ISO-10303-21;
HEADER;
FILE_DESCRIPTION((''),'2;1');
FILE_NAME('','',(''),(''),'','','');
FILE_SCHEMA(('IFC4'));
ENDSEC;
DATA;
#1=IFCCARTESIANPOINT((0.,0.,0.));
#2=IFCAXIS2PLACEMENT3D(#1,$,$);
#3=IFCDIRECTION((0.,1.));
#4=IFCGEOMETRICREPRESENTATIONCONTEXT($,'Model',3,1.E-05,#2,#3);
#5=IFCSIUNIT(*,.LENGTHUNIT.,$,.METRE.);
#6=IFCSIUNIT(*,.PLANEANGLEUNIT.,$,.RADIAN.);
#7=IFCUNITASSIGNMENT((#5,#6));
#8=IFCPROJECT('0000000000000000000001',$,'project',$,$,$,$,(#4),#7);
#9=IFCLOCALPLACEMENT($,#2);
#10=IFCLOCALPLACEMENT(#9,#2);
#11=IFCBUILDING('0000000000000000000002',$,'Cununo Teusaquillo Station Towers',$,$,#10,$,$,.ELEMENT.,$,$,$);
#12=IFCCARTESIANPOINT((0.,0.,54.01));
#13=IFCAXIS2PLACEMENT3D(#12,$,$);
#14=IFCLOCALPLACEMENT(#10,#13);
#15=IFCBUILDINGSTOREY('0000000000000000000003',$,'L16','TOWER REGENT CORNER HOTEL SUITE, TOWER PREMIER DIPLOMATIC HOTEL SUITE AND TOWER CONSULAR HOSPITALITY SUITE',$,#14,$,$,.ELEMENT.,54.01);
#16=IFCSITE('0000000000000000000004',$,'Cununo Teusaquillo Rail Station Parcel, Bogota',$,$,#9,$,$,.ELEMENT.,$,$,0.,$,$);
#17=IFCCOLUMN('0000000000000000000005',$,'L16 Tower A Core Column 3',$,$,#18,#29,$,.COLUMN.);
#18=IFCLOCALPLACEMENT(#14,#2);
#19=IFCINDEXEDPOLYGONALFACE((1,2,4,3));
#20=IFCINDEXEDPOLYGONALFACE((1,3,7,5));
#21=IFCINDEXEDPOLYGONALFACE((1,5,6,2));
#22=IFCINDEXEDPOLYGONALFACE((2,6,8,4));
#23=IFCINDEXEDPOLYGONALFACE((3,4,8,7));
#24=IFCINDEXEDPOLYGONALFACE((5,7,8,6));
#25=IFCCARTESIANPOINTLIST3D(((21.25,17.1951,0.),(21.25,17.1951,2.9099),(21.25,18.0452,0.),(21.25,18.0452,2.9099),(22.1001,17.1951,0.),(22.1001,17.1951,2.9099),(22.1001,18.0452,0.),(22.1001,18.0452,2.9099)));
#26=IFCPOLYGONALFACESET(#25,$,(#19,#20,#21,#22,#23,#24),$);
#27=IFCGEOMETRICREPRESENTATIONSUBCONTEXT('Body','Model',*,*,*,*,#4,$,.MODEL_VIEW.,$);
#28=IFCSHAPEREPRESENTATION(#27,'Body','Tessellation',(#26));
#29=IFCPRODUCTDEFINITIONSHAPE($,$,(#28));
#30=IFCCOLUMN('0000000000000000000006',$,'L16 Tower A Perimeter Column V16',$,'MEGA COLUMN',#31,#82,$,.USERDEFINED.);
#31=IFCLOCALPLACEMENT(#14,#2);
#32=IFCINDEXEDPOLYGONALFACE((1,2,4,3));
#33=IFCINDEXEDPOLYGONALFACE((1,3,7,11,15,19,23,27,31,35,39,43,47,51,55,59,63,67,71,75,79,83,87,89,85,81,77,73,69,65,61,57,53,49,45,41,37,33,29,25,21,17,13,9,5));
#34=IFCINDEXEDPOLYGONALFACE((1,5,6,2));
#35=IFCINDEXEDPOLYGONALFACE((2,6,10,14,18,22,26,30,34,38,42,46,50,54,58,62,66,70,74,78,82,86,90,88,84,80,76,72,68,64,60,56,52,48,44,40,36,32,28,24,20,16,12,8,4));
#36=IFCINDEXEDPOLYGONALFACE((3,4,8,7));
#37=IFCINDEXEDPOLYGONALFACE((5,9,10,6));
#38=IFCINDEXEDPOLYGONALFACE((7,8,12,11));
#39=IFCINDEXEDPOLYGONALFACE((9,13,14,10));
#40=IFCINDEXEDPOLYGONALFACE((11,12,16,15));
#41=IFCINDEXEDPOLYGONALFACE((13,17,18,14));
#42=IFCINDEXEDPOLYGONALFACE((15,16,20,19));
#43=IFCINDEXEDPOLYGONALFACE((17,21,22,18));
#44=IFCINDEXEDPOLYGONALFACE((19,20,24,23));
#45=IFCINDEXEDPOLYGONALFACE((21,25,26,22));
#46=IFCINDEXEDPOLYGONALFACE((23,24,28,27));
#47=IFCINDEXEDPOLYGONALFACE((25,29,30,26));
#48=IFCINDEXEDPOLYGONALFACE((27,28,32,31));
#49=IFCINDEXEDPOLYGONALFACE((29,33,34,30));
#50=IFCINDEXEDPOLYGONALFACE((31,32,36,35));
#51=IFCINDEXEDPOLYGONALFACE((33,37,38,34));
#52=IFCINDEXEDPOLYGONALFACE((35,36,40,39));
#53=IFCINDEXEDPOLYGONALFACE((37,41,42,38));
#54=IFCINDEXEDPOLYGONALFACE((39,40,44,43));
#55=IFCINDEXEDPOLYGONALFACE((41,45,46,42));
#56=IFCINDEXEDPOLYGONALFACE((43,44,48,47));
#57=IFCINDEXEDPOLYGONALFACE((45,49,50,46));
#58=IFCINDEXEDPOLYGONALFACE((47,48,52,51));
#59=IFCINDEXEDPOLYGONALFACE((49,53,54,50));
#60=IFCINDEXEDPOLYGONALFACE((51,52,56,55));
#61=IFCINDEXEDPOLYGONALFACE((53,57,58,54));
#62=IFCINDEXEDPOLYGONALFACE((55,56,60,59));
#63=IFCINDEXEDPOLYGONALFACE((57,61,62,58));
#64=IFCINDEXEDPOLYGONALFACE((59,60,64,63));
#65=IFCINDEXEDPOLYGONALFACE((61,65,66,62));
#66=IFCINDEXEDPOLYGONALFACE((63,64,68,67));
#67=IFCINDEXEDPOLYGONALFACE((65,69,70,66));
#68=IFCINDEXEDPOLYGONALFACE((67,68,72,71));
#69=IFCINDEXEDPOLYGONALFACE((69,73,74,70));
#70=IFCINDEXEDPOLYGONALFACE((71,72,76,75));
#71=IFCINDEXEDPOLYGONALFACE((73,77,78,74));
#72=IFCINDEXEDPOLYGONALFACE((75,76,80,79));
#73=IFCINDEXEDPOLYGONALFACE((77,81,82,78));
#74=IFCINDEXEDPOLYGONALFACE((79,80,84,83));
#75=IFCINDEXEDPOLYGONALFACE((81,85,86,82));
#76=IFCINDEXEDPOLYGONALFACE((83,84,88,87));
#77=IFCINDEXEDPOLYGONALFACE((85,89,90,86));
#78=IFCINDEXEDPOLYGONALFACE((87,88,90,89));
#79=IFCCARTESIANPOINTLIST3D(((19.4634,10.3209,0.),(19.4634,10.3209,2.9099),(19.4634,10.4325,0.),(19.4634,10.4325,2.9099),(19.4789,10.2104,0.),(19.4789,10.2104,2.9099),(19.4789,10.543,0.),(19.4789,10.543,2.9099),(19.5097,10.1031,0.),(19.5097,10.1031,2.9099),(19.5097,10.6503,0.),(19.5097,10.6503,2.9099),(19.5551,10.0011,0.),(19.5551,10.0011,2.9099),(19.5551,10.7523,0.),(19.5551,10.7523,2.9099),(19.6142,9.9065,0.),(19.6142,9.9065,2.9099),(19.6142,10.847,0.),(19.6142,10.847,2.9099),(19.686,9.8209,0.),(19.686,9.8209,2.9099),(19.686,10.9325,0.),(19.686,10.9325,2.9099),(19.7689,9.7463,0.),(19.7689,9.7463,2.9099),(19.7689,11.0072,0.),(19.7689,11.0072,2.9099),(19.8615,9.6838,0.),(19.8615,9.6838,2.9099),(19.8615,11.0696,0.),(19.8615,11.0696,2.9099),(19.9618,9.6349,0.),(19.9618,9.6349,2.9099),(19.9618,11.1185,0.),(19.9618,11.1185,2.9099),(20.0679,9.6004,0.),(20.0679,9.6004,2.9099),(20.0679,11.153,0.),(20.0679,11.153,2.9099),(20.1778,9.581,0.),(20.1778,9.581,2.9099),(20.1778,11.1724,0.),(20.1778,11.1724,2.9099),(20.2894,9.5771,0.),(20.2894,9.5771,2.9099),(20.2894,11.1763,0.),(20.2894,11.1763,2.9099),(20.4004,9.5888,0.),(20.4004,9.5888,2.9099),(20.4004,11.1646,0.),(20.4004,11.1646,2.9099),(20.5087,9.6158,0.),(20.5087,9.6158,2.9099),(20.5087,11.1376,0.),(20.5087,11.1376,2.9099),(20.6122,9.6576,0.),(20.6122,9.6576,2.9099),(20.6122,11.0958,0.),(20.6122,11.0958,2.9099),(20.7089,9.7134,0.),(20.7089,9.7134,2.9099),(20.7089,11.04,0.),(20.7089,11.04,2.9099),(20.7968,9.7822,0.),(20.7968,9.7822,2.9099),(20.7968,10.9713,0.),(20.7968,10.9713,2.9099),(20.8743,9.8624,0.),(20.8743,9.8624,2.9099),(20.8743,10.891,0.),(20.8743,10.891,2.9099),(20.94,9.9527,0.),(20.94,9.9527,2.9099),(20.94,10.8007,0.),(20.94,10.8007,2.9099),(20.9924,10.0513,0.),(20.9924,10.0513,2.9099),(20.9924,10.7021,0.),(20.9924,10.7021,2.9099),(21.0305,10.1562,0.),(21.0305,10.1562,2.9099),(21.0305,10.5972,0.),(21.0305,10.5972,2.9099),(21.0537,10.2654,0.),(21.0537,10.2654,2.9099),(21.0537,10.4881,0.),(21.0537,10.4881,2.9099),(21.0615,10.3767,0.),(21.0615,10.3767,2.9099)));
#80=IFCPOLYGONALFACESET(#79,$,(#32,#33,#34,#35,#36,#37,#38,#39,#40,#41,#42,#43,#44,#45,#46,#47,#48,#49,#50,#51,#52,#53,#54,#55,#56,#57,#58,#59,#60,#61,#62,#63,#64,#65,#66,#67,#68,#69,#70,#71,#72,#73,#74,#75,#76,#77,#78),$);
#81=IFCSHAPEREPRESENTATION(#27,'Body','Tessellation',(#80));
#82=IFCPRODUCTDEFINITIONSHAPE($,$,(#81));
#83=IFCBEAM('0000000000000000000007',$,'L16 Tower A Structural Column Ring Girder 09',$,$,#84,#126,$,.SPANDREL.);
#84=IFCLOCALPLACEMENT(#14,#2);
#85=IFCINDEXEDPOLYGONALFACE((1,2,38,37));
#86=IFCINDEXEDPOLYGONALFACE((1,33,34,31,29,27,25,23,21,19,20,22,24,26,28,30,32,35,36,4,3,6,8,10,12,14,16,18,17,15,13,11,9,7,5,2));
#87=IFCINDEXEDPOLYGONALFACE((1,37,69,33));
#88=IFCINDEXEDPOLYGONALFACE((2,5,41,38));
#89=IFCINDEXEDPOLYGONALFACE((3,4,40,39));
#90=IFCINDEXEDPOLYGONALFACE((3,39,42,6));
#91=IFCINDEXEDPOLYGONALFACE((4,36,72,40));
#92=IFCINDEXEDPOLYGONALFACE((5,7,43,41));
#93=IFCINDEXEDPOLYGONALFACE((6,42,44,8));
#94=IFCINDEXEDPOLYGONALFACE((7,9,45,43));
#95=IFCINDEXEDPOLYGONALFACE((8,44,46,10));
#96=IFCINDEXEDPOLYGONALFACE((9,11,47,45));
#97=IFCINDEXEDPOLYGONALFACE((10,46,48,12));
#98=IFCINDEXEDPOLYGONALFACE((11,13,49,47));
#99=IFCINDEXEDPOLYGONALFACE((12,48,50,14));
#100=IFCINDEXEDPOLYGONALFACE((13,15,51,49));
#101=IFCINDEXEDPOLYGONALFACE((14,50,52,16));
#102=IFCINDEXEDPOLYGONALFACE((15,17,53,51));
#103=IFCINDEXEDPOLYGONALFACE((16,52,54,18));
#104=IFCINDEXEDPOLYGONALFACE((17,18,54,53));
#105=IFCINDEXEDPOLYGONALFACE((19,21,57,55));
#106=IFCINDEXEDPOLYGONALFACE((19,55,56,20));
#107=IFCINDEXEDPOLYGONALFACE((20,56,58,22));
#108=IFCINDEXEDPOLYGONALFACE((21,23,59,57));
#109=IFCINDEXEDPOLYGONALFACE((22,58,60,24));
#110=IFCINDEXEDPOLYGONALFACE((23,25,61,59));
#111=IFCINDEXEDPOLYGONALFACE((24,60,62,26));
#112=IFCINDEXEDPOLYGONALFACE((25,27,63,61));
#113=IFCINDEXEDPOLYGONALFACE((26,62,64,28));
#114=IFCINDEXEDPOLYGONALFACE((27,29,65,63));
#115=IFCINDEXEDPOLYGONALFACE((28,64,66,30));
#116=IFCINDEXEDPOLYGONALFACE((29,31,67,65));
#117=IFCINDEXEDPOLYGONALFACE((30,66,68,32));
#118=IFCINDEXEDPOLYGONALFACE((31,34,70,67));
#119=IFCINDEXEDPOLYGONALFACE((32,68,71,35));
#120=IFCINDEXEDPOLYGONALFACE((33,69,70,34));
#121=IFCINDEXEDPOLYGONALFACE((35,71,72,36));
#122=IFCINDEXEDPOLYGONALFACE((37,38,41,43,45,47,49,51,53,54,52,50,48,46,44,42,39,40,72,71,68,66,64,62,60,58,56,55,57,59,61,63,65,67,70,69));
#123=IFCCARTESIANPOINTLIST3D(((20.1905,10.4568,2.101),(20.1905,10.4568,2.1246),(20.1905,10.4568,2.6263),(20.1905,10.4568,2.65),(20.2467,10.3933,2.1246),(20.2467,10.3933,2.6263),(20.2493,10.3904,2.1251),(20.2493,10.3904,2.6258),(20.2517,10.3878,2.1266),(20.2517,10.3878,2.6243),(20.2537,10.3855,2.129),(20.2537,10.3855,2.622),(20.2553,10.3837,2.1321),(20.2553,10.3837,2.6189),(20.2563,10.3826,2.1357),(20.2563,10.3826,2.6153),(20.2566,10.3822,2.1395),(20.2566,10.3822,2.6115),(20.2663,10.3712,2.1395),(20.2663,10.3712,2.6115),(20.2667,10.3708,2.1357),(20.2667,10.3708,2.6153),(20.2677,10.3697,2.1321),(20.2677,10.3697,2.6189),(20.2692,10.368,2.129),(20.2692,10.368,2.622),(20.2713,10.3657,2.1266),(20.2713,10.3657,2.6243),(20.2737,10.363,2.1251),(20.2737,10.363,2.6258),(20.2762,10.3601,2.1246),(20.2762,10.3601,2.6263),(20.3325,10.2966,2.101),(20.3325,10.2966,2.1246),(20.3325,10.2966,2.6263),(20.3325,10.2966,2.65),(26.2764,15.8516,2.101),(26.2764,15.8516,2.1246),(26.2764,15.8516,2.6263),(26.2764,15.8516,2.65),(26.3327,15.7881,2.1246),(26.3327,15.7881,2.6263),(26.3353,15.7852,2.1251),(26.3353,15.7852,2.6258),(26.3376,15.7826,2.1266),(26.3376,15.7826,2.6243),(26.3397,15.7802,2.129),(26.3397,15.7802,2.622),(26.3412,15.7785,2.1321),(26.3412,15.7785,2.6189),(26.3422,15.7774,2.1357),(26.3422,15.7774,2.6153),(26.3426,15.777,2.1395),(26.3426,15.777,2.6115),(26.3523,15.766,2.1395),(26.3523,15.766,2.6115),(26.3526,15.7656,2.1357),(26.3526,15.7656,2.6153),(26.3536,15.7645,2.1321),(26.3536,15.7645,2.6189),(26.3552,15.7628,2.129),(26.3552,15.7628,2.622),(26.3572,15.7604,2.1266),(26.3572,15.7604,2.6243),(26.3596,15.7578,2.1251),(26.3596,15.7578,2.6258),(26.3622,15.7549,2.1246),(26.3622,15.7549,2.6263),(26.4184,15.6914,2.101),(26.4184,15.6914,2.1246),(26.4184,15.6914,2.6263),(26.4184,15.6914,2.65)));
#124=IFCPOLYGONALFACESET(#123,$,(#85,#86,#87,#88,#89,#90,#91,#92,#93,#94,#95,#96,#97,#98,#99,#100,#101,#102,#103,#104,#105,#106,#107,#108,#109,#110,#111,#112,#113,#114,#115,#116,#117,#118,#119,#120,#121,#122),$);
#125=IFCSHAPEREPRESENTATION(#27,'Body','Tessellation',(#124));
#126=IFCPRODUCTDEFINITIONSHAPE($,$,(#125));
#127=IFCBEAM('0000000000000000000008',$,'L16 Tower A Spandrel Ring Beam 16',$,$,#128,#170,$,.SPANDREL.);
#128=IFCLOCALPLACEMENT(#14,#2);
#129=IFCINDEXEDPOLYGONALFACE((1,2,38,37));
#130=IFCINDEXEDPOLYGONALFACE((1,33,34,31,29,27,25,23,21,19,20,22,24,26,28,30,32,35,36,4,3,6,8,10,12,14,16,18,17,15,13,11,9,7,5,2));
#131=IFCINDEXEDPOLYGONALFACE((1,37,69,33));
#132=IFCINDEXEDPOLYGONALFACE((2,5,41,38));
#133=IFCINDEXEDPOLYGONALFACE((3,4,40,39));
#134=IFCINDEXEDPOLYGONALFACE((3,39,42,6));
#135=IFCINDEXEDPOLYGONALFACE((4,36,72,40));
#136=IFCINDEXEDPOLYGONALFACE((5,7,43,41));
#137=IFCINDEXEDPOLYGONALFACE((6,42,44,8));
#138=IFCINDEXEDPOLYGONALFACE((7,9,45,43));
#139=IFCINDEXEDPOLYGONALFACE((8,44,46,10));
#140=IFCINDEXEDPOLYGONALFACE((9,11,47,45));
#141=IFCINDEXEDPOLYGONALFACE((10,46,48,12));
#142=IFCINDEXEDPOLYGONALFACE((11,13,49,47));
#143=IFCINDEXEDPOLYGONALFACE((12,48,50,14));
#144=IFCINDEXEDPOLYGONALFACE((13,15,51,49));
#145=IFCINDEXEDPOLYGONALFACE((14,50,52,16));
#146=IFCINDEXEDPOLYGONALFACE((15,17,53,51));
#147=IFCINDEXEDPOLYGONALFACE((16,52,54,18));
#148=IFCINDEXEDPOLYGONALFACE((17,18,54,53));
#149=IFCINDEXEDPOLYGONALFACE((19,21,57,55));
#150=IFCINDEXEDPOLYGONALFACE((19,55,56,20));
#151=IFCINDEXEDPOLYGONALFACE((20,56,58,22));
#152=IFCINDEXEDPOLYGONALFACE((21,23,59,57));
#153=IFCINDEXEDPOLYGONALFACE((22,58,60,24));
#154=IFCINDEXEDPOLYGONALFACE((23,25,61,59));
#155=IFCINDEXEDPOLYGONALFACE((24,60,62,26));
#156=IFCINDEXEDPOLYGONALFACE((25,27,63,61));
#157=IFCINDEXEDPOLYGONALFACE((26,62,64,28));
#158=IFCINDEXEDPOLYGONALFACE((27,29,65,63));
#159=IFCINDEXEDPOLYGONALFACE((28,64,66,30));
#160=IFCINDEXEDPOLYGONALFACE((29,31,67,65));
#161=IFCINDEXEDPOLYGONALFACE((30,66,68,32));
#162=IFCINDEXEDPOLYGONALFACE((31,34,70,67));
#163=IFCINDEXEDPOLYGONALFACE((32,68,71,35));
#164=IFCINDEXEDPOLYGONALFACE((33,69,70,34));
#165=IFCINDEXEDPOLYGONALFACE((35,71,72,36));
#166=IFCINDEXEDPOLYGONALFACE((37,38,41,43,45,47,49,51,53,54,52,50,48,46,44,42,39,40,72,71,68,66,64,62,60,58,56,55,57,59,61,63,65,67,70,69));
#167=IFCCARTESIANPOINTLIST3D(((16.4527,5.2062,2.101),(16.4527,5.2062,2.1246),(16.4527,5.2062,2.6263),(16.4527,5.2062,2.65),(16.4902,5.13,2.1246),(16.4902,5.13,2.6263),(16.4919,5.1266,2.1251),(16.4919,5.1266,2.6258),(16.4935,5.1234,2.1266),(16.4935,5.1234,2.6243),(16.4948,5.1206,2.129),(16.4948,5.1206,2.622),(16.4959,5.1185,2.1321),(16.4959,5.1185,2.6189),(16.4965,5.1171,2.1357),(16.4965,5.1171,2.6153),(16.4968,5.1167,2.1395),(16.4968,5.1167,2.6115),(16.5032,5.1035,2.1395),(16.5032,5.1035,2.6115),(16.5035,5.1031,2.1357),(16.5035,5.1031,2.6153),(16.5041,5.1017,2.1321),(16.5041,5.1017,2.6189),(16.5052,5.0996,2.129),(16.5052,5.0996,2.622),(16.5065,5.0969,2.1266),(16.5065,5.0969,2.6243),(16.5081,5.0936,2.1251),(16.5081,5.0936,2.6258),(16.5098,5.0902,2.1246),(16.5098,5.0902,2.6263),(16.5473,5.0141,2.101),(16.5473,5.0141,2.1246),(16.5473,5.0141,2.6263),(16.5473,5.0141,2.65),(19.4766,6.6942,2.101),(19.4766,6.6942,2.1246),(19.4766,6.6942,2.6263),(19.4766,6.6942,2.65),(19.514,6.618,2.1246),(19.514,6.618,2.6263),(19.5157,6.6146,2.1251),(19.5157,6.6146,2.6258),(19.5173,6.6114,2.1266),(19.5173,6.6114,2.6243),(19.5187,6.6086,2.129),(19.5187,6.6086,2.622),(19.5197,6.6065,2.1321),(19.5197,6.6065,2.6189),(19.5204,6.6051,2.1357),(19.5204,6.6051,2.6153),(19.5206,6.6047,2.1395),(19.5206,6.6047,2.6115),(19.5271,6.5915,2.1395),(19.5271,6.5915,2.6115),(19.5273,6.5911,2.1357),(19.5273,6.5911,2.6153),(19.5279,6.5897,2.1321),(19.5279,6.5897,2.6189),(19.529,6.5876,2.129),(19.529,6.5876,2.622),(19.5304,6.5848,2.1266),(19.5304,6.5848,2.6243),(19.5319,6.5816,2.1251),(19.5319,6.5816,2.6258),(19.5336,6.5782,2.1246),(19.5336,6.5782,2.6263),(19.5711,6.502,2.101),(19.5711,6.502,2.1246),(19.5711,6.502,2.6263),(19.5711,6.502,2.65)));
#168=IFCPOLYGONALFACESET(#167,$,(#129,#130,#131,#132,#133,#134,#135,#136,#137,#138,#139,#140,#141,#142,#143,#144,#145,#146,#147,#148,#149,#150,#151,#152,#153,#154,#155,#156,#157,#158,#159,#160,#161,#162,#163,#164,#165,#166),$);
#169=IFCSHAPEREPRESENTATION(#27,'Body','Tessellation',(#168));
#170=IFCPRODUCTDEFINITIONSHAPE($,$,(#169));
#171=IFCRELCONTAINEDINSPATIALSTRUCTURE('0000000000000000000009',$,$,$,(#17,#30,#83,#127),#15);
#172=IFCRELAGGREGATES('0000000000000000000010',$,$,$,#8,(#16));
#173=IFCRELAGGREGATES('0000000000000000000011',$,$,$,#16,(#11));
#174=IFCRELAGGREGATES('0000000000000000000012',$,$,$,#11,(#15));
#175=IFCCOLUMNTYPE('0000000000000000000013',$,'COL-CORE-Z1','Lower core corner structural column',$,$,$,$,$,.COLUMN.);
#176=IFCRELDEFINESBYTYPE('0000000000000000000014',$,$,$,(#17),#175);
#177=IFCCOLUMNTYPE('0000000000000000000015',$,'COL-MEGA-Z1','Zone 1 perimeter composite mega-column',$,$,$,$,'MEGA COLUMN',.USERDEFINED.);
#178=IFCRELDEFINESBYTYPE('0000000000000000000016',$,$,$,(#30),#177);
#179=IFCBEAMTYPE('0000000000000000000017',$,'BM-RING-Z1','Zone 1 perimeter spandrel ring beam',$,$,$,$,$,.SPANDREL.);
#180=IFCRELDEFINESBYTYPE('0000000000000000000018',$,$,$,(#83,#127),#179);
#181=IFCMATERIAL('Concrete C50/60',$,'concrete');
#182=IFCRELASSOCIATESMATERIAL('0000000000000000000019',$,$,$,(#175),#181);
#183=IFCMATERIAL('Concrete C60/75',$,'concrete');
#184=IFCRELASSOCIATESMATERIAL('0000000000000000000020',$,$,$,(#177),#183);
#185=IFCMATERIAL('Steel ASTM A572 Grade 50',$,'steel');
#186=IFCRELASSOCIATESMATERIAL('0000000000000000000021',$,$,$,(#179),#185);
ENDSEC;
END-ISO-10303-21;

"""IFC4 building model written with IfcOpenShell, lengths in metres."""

from ifc_helpers import new_model, si_unit, direction, frame, origin, origin_2d, place, context, subcontext, project, spatial, rectangle, circle, i_section, extrude, material, material_profile, profile_set, type_object, element, save


model = new_model("IFC4")

# Units and contexts
model_context = context("Model", 3, precision=1e-05, world=origin(), true_north=direction((0.0, 1.0)))
body_context = subcontext(model_context, "Body", "Model", "MODEL_VIEW")
ifc_project = project(units=[si_unit("LENGTHUNIT", "METRE"), si_unit("PLANEANGLEUNIT", "RADIAN")], contexts=[model_context])

# Site, building, storey
site_placement = place(None, origin())
site = spatial("IfcSite", under=ifc_project, at=site_placement, Name="Cununo Teusaquillo Rail Station Parcel, Bogota", CompositionType="ELEMENT", RefElevation=0.0)
building_placement = place(site_placement, origin())
building = spatial("IfcBuilding", under=site, at=building_placement, Name="Cununo Teusaquillo Station Towers", CompositionType="ELEMENT")
storey_placement = place(building_placement, frame((0.0, 0.0, 54.01)))
storey = spatial("IfcBuildingStorey", under=building, at=storey_placement, Name="L16", Description="TOWER REGENT CORNER HOTEL SUITE, TOWER PREMIER DIPLOMATIC HOTEL SUITE AND TOWER CONSULAR HOSPITALITY SUITE", CompositionType="ELEMENT", Elevation=54.01)

# Columns
ifc_material_1 = material(Name="Concrete C50/60", Category="concrete")
ifc_material_profile_1 = material_profile(ifc_material_1, rectangle(XDim=0.8501, YDim=0.8501, at=origin_2d()), Name="RC-RECT-850x850")
ifc_profile_set_1 = profile_set([ifc_material_profile_1], Name="Concrete C50/60")
column_type_1 = type_object("IfcColumnType", Name="COL-CORE-Z1", Description="Lower core corner structural column", PredefinedType="COLUMN", material=ifc_profile_set_1)
column_1_placement = place(storey_placement, frame((21.675, 17.6201, 0.0), z_axis=(0.0, 0.0, 1.0), x_axis=(1.0, 0.0, 0.0)))
element("IfcColumn", 1, at=column_1_placement, inside=storey, type_object=column_type_1, Name="L16 Tower A Core Column 3", PredefinedType="COLUMN", context=body_context, shape_type="SweptSolid", body=[
    extrude(rectangle(XDim=0.8501, YDim=0.8501, at=origin_2d()), origin(), (0.0, 0.0, 1.0), 2.9099),
])
ifc_material_2 = material(Name="Concrete C60/75", Category="concrete")
ifc_material_profile_2 = material_profile(ifc_material_2, circle(Radius=0.8, at=origin_2d()), Name="RC-CIRC-1600")
ifc_profile_set_2 = profile_set([ifc_material_profile_2], Name="Concrete C60/75")
column_type_2 = type_object("IfcColumnType", Name="COL-MEGA-Z1", Description="Zone 1 perimeter composite mega-column", ElementType="MEGA COLUMN", PredefinedType="USERDEFINED", material=ifc_profile_set_2)
column_2_placement = place(storey_placement, frame((20.2615, 10.3767, 0.0), z_axis=(0.0, 0.0, 1.0), x_axis=(1.0, 0.0, 0.0)))
element("IfcColumn", 2, at=column_2_placement, inside=storey, type_object=column_type_2, Name="L16 Tower A Perimeter Column V16", ObjectType="MEGA COLUMN", PredefinedType="USERDEFINED", context=body_context, shape_type="SweptSolid", body=[
    extrude(circle(Radius=0.8, at=origin_2d()), origin(), (0.0, 0.0, 1.0), 2.9099),
])

# Beams
ifc_material_3 = material(Name="Steel ASTM A572 Grade 50", Category="steel")
ifc_material_profile_3 = material_profile(ifc_material_3, i_section(OverallWidth=0.2141, OverallDepth=0.5491, WebThickness=0.0146, FlangeThickness=0.0237, FilletRadius=0.0149, at=origin_2d()), Name="W21X93")
ifc_profile_set_3 = profile_set([ifc_material_profile_3], Name="Steel ASTM A572 Grade 50")
beam_type_1 = type_object("IfcBeamType", Name="BM-RING-Z1", Description="Zone 1 perimeter spandrel ring beam", PredefinedType="SPANDREL", material=ifc_profile_set_3)
beam_1_placement = place(storey_placement, frame((20.2615, 10.3767, 2.3755), z_axis=(0.748321, 0.663337, 0.0), x_axis=(-0.663337, 0.748321, 0.0)))
element("IfcBeam", 3, at=beam_1_placement, inside=storey, type_object=beam_type_1, Name="L16 Tower A Structural Column Ring Girder 09", PredefinedType="SPANDREL", context=body_context, shape_type="SweptSolid", body=[
    extrude(i_section(OverallWidth=0.2141, OverallDepth=0.5491, WebThickness=0.0146, FlangeThickness=0.0237, FilletRadius=0.0149, at=origin_2d()), origin(), (0.0, 0.0, 1.0), 8.1328),
])
beam_2_placement = place(storey_placement, frame((16.5, 5.1101, 2.3755), z_axis=(0.897249, 0.441525, 0.0), x_axis=(-0.441525, 0.897249, 0.0)))
element("IfcBeam", 4, at=beam_2_placement, inside=storey, type_object=beam_type_1, Name="L16 Tower A Spandrel Ring Beam 16", PredefinedType="SPANDREL", context=body_context, shape_type="SweptSolid", body=[
    extrude(i_section(OverallWidth=0.2141, OverallDepth=0.5491, WebThickness=0.0146, FlangeThickness=0.0237, FilletRadius=0.0149, at=origin_2d()), origin(), (0.0, 0.0, 1.0), 3.3701),
])

save(model, "model.ifc")
